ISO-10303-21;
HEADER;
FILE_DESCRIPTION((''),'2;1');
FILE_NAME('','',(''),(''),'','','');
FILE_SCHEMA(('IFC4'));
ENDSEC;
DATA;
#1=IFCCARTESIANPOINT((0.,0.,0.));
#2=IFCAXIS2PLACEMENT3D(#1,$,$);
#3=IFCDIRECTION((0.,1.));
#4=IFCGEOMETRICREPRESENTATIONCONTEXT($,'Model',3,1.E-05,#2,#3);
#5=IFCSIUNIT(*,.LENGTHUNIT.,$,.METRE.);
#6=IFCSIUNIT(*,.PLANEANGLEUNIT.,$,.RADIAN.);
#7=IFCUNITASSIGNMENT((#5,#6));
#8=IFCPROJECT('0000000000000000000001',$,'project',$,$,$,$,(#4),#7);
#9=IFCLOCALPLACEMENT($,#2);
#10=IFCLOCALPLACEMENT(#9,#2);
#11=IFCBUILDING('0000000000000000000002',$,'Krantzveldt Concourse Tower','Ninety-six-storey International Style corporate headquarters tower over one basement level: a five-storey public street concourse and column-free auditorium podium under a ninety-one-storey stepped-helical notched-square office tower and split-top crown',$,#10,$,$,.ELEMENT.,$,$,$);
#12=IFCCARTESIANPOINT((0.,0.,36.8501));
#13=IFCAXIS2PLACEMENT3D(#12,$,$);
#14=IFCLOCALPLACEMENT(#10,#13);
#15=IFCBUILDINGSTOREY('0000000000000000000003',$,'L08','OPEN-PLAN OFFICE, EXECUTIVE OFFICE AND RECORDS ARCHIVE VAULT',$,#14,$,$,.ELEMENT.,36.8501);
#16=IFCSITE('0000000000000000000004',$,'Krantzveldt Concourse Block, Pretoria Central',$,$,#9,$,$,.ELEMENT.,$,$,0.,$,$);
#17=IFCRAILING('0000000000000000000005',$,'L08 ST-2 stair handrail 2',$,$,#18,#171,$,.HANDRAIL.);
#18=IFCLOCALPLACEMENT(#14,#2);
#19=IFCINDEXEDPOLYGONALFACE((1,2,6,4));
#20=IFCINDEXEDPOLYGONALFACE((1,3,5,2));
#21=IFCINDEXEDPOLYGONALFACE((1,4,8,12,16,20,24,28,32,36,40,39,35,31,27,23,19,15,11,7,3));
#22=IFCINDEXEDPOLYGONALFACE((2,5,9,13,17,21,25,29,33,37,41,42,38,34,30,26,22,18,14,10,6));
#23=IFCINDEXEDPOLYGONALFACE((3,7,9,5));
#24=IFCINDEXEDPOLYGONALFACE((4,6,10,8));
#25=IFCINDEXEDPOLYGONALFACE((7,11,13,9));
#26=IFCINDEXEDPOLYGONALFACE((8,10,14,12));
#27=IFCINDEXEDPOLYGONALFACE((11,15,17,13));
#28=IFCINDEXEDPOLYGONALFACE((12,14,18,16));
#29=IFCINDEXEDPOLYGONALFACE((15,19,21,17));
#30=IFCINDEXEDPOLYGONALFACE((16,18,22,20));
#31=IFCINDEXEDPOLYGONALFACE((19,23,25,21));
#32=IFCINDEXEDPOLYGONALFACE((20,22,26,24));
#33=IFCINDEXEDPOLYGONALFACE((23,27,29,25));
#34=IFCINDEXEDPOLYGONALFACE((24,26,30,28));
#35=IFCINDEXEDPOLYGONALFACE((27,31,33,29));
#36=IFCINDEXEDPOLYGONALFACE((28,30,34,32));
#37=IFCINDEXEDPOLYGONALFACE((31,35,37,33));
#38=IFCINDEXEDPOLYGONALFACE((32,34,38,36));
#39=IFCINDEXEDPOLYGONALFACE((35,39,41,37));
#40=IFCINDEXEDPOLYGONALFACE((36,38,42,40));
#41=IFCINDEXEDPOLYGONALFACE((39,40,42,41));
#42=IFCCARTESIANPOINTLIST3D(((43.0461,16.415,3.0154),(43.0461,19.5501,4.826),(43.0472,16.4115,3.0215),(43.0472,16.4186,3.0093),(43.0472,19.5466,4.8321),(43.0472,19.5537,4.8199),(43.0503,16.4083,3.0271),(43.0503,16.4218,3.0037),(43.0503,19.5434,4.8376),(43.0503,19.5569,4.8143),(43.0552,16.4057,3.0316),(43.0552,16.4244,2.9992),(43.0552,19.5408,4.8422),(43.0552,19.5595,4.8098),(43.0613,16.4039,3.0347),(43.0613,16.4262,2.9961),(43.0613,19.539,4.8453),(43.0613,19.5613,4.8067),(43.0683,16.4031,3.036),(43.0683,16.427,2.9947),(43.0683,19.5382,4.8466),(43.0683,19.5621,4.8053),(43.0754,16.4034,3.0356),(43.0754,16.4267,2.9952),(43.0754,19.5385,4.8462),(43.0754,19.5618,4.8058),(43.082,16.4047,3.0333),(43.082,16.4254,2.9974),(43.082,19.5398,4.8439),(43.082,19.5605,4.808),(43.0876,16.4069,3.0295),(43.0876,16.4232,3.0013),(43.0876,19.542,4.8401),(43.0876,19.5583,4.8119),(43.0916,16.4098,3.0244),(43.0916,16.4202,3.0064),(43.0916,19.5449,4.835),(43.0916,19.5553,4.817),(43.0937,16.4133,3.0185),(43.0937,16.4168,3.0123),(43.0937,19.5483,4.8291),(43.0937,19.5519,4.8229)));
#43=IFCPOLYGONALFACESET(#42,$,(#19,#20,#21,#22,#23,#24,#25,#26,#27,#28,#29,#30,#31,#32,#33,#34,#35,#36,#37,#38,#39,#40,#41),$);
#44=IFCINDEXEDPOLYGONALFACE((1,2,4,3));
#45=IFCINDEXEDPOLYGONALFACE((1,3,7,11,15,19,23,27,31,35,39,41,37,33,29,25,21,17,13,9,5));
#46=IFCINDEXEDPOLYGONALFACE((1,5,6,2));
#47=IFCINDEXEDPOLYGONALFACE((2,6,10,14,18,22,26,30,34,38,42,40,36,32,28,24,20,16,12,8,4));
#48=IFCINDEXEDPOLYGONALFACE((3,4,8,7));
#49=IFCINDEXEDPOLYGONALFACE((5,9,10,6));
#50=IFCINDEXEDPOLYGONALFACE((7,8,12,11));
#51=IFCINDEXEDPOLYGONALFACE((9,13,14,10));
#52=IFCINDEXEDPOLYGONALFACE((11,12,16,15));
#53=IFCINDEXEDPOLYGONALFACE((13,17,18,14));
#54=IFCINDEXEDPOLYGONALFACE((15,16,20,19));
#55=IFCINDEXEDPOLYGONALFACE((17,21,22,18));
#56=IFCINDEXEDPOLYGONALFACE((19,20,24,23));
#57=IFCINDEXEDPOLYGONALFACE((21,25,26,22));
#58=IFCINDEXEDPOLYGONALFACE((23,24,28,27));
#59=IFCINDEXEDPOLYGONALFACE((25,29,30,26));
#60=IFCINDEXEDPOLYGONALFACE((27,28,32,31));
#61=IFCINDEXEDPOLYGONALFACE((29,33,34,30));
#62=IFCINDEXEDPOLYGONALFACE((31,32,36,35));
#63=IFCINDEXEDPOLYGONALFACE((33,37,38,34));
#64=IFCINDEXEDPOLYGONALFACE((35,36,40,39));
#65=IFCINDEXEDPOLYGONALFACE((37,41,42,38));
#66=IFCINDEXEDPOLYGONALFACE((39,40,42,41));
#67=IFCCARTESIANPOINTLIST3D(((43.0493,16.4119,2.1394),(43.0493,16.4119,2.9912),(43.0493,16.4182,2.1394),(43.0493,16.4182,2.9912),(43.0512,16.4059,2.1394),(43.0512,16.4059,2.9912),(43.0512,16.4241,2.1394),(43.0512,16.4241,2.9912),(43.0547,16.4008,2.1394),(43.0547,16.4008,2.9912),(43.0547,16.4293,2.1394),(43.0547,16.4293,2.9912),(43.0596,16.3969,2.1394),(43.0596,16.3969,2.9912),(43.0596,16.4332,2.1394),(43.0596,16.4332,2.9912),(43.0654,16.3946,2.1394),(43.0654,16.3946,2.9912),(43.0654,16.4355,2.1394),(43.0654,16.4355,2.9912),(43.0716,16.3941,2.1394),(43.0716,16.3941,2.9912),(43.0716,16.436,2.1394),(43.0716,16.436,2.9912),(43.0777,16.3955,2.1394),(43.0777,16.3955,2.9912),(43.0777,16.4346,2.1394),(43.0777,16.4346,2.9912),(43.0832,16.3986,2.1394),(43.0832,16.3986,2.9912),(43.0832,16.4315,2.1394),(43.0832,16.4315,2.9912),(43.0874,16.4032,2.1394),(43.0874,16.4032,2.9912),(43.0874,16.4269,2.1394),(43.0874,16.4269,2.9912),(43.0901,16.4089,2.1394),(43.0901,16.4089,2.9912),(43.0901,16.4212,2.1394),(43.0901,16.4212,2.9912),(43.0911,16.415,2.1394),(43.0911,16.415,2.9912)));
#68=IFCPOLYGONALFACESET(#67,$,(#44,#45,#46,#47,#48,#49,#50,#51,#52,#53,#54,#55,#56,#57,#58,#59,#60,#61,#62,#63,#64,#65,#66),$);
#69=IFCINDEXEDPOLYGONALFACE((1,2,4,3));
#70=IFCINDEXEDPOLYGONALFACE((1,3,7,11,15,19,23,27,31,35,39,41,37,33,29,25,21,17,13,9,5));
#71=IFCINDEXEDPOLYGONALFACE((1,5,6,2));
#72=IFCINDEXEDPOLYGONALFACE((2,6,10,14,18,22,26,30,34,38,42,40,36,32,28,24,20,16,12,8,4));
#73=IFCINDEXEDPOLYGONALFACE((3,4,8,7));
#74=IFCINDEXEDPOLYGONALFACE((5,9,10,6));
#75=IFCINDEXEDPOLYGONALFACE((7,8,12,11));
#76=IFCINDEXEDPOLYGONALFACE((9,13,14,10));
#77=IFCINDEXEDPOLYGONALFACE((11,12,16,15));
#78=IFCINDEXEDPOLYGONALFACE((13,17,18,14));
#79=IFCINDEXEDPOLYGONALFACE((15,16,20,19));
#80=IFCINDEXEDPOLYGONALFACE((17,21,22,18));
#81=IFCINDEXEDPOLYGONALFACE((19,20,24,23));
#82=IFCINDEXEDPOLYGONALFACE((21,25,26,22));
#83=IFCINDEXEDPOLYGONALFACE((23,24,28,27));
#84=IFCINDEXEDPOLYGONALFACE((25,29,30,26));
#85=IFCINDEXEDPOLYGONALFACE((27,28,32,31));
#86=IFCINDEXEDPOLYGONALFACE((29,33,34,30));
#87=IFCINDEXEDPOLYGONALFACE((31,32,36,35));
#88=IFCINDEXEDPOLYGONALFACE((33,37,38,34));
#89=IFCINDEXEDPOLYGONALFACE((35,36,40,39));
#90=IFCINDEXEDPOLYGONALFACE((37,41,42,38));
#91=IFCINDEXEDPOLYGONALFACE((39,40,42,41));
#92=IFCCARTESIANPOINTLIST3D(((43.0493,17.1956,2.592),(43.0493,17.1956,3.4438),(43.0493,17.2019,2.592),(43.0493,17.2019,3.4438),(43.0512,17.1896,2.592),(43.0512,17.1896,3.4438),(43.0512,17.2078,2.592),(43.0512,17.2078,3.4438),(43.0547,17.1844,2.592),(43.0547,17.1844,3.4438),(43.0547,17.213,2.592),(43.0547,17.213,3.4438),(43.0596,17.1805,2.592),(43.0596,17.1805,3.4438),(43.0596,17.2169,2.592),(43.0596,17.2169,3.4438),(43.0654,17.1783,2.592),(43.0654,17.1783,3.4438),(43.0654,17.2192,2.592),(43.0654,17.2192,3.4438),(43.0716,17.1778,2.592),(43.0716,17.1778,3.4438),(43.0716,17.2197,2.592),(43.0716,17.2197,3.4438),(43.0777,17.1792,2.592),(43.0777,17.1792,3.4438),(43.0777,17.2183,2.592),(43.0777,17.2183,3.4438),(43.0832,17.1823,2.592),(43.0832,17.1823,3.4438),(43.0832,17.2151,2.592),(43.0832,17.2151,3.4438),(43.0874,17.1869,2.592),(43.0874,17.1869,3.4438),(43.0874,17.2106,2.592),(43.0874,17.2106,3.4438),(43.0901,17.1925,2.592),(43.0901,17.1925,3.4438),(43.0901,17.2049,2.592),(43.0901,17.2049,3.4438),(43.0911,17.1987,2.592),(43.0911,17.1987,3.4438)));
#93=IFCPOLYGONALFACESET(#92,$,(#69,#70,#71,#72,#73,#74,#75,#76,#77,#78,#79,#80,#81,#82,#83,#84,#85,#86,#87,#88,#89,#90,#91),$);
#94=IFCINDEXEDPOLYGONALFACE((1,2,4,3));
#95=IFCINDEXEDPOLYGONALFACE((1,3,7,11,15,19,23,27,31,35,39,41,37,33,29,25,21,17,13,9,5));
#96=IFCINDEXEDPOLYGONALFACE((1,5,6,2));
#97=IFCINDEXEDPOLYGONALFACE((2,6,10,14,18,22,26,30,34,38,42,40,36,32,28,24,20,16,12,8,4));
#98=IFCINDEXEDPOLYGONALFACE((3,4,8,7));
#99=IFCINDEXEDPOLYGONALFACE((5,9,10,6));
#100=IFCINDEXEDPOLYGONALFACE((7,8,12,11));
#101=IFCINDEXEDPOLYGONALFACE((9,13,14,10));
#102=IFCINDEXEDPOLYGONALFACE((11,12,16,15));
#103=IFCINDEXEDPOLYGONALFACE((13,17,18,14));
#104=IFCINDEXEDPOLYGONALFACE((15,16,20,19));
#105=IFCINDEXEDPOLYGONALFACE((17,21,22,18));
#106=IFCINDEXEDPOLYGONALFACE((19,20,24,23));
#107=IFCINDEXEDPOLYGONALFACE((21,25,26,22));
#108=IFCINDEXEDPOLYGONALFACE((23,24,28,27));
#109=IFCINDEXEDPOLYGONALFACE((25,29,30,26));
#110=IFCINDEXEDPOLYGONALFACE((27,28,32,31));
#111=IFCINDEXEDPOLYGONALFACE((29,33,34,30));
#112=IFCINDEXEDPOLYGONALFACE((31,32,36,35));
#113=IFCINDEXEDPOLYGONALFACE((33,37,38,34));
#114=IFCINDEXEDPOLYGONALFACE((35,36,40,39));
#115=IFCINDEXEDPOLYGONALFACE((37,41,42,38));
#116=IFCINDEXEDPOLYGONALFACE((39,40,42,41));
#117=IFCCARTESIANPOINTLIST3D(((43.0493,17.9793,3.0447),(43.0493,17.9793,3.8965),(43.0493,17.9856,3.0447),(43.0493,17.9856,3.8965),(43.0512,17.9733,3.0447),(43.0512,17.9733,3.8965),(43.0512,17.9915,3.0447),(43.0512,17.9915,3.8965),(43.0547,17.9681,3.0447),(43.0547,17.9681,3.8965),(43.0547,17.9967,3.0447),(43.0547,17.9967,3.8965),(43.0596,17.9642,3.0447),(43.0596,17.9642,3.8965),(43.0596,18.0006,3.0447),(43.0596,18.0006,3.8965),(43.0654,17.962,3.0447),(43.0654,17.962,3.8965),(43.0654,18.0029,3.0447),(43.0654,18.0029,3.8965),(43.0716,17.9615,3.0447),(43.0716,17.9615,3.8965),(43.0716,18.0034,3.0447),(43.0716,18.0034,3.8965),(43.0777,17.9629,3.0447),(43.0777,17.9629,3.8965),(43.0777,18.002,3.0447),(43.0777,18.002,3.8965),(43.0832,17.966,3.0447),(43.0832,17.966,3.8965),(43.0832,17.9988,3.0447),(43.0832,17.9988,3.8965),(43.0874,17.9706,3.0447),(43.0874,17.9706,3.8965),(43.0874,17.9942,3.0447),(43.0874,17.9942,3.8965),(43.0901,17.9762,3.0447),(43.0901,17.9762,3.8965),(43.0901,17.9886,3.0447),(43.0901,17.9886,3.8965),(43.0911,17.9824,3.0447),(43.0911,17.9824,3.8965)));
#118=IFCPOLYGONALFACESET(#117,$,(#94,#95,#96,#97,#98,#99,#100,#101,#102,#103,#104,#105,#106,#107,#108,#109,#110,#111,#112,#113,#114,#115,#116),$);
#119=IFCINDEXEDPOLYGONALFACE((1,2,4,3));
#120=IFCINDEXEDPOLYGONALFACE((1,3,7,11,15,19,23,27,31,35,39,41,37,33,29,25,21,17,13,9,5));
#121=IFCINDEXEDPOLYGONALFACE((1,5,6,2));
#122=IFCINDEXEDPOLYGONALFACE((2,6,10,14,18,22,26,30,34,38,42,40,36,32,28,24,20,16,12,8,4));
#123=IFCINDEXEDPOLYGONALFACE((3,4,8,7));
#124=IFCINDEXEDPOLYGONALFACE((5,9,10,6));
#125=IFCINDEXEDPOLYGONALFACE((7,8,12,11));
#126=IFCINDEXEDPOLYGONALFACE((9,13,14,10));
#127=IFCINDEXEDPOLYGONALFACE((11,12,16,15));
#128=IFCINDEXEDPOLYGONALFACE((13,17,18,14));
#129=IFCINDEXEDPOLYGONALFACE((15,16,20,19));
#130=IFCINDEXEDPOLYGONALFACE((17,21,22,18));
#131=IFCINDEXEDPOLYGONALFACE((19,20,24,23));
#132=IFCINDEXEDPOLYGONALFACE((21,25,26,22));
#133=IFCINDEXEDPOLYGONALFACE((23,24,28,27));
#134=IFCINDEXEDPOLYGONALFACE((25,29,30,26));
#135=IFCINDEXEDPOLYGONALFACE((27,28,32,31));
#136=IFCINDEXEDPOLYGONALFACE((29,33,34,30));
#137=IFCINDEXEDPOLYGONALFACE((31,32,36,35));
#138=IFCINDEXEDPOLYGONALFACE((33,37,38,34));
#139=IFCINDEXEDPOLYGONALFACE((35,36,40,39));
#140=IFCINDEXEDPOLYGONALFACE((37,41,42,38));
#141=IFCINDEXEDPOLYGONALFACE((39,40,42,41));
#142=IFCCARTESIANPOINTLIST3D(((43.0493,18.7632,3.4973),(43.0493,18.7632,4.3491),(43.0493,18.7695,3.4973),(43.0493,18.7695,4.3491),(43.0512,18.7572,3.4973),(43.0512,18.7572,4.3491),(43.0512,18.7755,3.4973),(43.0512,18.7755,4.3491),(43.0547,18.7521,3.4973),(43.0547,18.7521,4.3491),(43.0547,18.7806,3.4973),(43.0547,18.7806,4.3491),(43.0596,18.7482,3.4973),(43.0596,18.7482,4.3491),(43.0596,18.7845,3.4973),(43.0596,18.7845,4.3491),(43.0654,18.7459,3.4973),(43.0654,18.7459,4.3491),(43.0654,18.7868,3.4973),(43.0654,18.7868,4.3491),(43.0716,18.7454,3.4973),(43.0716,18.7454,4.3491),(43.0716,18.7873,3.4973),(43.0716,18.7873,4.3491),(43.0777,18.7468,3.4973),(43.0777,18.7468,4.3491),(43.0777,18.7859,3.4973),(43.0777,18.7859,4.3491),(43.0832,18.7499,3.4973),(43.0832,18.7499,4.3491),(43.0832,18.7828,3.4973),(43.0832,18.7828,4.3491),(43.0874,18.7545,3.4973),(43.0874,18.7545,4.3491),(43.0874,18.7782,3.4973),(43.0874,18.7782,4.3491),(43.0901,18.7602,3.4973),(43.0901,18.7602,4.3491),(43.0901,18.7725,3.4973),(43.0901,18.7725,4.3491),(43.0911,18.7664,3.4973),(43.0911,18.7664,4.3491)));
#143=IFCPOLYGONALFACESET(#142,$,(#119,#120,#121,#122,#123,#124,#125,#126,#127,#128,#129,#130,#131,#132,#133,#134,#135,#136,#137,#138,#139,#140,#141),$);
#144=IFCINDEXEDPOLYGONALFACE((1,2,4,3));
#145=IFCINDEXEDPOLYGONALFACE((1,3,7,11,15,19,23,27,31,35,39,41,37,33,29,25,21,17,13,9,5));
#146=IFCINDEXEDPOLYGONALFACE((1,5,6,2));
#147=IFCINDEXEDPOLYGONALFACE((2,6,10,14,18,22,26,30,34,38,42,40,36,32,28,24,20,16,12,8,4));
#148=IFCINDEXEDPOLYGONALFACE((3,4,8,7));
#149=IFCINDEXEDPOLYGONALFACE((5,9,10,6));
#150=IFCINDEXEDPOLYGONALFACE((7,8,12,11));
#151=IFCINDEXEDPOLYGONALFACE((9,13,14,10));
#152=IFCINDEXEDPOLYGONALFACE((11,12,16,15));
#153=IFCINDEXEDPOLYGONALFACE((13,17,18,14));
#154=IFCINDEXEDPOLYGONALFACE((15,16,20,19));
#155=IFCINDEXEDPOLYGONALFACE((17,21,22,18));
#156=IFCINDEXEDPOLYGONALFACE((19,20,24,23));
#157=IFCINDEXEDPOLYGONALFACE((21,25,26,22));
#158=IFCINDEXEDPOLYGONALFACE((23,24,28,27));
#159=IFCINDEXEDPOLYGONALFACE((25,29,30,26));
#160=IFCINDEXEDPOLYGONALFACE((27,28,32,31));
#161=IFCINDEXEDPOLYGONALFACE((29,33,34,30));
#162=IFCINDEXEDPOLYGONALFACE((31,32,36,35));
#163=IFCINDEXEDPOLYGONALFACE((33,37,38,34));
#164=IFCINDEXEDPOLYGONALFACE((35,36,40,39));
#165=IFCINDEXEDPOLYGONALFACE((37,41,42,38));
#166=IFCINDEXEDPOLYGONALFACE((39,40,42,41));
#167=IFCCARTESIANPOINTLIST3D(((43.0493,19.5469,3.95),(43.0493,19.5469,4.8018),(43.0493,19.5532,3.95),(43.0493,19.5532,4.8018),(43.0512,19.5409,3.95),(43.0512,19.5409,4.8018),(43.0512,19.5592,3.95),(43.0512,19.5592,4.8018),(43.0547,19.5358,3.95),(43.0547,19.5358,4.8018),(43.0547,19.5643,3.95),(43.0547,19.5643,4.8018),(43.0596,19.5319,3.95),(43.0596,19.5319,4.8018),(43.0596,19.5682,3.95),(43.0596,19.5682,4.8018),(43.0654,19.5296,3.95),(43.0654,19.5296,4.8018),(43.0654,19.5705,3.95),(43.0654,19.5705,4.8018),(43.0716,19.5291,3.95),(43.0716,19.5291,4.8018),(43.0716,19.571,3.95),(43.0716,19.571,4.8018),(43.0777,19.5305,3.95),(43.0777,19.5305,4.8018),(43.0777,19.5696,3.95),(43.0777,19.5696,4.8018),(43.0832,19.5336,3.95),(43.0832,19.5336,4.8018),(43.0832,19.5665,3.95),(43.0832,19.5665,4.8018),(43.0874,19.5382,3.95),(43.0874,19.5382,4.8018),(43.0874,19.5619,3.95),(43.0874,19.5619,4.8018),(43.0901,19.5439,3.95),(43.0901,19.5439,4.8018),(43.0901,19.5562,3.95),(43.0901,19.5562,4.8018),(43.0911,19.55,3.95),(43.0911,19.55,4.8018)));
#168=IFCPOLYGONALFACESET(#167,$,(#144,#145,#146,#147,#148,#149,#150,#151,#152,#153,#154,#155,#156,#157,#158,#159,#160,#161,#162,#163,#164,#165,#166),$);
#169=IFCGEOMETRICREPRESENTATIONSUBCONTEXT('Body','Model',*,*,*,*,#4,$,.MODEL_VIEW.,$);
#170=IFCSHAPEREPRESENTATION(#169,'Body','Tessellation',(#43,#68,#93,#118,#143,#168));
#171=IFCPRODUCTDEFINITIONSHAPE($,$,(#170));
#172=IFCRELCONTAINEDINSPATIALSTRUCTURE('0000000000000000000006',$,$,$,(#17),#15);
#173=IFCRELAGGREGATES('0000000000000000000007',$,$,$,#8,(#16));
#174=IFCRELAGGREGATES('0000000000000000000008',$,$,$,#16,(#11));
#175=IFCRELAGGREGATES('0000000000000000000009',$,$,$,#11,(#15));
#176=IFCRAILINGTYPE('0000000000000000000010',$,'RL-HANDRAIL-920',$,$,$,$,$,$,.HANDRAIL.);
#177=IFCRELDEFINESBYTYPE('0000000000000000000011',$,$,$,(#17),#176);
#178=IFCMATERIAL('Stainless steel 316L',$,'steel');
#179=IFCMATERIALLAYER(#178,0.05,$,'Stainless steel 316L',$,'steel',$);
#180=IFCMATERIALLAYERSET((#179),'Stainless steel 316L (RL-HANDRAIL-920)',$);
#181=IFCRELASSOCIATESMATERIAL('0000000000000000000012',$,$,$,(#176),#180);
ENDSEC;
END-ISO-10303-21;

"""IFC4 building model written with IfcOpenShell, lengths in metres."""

from ifc_helpers import new_model, si_unit, direction, frame, origin, origin_2d, place, context, subcontext, project, spatial, circle, extrude, material, layer, layer_set, type_object, element, save


model = new_model("IFC4")

# Units and contexts
model_context = context("Model", 3, precision=1e-05, world=origin(), true_north=direction((0.0, 1.0)))
body_context = subcontext(model_context, "Body", "Model", "MODEL_VIEW")
ifc_project = project(units=[si_unit("LENGTHUNIT", "METRE"), si_unit("PLANEANGLEUNIT", "RADIAN")], contexts=[model_context])

# Site, building, storey
site_placement = place(None, origin())
site = spatial("IfcSite", under=ifc_project, at=site_placement, Name="Krantzveldt Concourse Block, Pretoria Central", CompositionType="ELEMENT", RefElevation=0.0)
building_placement = place(site_placement, origin())
building = spatial("IfcBuilding", under=site, at=building_placement, Name="Krantzveldt Concourse Tower", Description="Ninety-six-storey International Style corporate headquarters tower over one basement level: a five-storey public street concourse and column-free auditorium podium under a ninety-one-storey stepped-helical notched-square office tower and split-top crown", CompositionType="ELEMENT")
storey_placement = place(building_placement, frame((0.0, 0.0, 36.8501)))
storey = spatial("IfcBuildingStorey", under=building, at=storey_placement, Name="L08", Description="OPEN-PLAN OFFICE, EXECUTIVE OFFICE AND RECORDS ARCHIVE VAULT", CompositionType="ELEMENT", Elevation=36.8501)

# Shared definitions
ifc_material_1 = material(Name="Stainless steel 316L", Category="steel")

# Railing
ifc_layer_1 = layer(ifc_material_1, 0.05, Name="Stainless steel 316L", Category="steel")
ifc_layer_set_1 = layer_set([ifc_layer_1], Name="Stainless steel 316L (RL-HANDRAIL-920)")
railing_type_1 = type_object("IfcRailingType", Name="RL-HANDRAIL-920", PredefinedType="HANDRAIL", material=ifc_layer_set_1)
railing_1_placement = place(storey_placement, frame((43.0701, 16.415, 2.1394)))
element("IfcRailing", 1, at=railing_1_placement, inside=storey, type_object=railing_type_1, Name="L08 ST-2 stair handrail 2", PredefinedType="HANDRAIL", context=body_context, shape_type="SweptSolid", body=[
    extrude(circle(Radius=0.0239, at=origin_2d()), frame((0.0, 0.0, 0.876), z_axis=(0.0, 0.86596, 0.500114), x_axis=(-1.0, 0.0, 0.0)), (0.0, 0.0, 1.0), 3.6204),
    extrude(circle(Radius=0.021, at=origin_2d()), origin(), (0.0, 0.0, 1.0), 0.8518),
    extrude(circle(Radius=0.021, at=origin_2d()), frame((0.0, 0.7837, 0.4526)), (0.0, 0.0, 1.0), 0.8518),
    extrude(circle(Radius=0.021, at=origin_2d()), frame((0.0, 1.5674, 0.9053)), (0.0, 0.0, 1.0), 0.8518),
    extrude(circle(Radius=0.021, at=origin_2d()), frame((0.0, 2.3513, 1.3579)), (0.0, 0.0, 1.0), 0.8518),
    extrude(circle(Radius=0.021, at=origin_2d()), frame((0.0, 3.135, 1.8105)), (0.0, 0.0, 1.0), 0.8518),
])

save(model, "model.ifc")
